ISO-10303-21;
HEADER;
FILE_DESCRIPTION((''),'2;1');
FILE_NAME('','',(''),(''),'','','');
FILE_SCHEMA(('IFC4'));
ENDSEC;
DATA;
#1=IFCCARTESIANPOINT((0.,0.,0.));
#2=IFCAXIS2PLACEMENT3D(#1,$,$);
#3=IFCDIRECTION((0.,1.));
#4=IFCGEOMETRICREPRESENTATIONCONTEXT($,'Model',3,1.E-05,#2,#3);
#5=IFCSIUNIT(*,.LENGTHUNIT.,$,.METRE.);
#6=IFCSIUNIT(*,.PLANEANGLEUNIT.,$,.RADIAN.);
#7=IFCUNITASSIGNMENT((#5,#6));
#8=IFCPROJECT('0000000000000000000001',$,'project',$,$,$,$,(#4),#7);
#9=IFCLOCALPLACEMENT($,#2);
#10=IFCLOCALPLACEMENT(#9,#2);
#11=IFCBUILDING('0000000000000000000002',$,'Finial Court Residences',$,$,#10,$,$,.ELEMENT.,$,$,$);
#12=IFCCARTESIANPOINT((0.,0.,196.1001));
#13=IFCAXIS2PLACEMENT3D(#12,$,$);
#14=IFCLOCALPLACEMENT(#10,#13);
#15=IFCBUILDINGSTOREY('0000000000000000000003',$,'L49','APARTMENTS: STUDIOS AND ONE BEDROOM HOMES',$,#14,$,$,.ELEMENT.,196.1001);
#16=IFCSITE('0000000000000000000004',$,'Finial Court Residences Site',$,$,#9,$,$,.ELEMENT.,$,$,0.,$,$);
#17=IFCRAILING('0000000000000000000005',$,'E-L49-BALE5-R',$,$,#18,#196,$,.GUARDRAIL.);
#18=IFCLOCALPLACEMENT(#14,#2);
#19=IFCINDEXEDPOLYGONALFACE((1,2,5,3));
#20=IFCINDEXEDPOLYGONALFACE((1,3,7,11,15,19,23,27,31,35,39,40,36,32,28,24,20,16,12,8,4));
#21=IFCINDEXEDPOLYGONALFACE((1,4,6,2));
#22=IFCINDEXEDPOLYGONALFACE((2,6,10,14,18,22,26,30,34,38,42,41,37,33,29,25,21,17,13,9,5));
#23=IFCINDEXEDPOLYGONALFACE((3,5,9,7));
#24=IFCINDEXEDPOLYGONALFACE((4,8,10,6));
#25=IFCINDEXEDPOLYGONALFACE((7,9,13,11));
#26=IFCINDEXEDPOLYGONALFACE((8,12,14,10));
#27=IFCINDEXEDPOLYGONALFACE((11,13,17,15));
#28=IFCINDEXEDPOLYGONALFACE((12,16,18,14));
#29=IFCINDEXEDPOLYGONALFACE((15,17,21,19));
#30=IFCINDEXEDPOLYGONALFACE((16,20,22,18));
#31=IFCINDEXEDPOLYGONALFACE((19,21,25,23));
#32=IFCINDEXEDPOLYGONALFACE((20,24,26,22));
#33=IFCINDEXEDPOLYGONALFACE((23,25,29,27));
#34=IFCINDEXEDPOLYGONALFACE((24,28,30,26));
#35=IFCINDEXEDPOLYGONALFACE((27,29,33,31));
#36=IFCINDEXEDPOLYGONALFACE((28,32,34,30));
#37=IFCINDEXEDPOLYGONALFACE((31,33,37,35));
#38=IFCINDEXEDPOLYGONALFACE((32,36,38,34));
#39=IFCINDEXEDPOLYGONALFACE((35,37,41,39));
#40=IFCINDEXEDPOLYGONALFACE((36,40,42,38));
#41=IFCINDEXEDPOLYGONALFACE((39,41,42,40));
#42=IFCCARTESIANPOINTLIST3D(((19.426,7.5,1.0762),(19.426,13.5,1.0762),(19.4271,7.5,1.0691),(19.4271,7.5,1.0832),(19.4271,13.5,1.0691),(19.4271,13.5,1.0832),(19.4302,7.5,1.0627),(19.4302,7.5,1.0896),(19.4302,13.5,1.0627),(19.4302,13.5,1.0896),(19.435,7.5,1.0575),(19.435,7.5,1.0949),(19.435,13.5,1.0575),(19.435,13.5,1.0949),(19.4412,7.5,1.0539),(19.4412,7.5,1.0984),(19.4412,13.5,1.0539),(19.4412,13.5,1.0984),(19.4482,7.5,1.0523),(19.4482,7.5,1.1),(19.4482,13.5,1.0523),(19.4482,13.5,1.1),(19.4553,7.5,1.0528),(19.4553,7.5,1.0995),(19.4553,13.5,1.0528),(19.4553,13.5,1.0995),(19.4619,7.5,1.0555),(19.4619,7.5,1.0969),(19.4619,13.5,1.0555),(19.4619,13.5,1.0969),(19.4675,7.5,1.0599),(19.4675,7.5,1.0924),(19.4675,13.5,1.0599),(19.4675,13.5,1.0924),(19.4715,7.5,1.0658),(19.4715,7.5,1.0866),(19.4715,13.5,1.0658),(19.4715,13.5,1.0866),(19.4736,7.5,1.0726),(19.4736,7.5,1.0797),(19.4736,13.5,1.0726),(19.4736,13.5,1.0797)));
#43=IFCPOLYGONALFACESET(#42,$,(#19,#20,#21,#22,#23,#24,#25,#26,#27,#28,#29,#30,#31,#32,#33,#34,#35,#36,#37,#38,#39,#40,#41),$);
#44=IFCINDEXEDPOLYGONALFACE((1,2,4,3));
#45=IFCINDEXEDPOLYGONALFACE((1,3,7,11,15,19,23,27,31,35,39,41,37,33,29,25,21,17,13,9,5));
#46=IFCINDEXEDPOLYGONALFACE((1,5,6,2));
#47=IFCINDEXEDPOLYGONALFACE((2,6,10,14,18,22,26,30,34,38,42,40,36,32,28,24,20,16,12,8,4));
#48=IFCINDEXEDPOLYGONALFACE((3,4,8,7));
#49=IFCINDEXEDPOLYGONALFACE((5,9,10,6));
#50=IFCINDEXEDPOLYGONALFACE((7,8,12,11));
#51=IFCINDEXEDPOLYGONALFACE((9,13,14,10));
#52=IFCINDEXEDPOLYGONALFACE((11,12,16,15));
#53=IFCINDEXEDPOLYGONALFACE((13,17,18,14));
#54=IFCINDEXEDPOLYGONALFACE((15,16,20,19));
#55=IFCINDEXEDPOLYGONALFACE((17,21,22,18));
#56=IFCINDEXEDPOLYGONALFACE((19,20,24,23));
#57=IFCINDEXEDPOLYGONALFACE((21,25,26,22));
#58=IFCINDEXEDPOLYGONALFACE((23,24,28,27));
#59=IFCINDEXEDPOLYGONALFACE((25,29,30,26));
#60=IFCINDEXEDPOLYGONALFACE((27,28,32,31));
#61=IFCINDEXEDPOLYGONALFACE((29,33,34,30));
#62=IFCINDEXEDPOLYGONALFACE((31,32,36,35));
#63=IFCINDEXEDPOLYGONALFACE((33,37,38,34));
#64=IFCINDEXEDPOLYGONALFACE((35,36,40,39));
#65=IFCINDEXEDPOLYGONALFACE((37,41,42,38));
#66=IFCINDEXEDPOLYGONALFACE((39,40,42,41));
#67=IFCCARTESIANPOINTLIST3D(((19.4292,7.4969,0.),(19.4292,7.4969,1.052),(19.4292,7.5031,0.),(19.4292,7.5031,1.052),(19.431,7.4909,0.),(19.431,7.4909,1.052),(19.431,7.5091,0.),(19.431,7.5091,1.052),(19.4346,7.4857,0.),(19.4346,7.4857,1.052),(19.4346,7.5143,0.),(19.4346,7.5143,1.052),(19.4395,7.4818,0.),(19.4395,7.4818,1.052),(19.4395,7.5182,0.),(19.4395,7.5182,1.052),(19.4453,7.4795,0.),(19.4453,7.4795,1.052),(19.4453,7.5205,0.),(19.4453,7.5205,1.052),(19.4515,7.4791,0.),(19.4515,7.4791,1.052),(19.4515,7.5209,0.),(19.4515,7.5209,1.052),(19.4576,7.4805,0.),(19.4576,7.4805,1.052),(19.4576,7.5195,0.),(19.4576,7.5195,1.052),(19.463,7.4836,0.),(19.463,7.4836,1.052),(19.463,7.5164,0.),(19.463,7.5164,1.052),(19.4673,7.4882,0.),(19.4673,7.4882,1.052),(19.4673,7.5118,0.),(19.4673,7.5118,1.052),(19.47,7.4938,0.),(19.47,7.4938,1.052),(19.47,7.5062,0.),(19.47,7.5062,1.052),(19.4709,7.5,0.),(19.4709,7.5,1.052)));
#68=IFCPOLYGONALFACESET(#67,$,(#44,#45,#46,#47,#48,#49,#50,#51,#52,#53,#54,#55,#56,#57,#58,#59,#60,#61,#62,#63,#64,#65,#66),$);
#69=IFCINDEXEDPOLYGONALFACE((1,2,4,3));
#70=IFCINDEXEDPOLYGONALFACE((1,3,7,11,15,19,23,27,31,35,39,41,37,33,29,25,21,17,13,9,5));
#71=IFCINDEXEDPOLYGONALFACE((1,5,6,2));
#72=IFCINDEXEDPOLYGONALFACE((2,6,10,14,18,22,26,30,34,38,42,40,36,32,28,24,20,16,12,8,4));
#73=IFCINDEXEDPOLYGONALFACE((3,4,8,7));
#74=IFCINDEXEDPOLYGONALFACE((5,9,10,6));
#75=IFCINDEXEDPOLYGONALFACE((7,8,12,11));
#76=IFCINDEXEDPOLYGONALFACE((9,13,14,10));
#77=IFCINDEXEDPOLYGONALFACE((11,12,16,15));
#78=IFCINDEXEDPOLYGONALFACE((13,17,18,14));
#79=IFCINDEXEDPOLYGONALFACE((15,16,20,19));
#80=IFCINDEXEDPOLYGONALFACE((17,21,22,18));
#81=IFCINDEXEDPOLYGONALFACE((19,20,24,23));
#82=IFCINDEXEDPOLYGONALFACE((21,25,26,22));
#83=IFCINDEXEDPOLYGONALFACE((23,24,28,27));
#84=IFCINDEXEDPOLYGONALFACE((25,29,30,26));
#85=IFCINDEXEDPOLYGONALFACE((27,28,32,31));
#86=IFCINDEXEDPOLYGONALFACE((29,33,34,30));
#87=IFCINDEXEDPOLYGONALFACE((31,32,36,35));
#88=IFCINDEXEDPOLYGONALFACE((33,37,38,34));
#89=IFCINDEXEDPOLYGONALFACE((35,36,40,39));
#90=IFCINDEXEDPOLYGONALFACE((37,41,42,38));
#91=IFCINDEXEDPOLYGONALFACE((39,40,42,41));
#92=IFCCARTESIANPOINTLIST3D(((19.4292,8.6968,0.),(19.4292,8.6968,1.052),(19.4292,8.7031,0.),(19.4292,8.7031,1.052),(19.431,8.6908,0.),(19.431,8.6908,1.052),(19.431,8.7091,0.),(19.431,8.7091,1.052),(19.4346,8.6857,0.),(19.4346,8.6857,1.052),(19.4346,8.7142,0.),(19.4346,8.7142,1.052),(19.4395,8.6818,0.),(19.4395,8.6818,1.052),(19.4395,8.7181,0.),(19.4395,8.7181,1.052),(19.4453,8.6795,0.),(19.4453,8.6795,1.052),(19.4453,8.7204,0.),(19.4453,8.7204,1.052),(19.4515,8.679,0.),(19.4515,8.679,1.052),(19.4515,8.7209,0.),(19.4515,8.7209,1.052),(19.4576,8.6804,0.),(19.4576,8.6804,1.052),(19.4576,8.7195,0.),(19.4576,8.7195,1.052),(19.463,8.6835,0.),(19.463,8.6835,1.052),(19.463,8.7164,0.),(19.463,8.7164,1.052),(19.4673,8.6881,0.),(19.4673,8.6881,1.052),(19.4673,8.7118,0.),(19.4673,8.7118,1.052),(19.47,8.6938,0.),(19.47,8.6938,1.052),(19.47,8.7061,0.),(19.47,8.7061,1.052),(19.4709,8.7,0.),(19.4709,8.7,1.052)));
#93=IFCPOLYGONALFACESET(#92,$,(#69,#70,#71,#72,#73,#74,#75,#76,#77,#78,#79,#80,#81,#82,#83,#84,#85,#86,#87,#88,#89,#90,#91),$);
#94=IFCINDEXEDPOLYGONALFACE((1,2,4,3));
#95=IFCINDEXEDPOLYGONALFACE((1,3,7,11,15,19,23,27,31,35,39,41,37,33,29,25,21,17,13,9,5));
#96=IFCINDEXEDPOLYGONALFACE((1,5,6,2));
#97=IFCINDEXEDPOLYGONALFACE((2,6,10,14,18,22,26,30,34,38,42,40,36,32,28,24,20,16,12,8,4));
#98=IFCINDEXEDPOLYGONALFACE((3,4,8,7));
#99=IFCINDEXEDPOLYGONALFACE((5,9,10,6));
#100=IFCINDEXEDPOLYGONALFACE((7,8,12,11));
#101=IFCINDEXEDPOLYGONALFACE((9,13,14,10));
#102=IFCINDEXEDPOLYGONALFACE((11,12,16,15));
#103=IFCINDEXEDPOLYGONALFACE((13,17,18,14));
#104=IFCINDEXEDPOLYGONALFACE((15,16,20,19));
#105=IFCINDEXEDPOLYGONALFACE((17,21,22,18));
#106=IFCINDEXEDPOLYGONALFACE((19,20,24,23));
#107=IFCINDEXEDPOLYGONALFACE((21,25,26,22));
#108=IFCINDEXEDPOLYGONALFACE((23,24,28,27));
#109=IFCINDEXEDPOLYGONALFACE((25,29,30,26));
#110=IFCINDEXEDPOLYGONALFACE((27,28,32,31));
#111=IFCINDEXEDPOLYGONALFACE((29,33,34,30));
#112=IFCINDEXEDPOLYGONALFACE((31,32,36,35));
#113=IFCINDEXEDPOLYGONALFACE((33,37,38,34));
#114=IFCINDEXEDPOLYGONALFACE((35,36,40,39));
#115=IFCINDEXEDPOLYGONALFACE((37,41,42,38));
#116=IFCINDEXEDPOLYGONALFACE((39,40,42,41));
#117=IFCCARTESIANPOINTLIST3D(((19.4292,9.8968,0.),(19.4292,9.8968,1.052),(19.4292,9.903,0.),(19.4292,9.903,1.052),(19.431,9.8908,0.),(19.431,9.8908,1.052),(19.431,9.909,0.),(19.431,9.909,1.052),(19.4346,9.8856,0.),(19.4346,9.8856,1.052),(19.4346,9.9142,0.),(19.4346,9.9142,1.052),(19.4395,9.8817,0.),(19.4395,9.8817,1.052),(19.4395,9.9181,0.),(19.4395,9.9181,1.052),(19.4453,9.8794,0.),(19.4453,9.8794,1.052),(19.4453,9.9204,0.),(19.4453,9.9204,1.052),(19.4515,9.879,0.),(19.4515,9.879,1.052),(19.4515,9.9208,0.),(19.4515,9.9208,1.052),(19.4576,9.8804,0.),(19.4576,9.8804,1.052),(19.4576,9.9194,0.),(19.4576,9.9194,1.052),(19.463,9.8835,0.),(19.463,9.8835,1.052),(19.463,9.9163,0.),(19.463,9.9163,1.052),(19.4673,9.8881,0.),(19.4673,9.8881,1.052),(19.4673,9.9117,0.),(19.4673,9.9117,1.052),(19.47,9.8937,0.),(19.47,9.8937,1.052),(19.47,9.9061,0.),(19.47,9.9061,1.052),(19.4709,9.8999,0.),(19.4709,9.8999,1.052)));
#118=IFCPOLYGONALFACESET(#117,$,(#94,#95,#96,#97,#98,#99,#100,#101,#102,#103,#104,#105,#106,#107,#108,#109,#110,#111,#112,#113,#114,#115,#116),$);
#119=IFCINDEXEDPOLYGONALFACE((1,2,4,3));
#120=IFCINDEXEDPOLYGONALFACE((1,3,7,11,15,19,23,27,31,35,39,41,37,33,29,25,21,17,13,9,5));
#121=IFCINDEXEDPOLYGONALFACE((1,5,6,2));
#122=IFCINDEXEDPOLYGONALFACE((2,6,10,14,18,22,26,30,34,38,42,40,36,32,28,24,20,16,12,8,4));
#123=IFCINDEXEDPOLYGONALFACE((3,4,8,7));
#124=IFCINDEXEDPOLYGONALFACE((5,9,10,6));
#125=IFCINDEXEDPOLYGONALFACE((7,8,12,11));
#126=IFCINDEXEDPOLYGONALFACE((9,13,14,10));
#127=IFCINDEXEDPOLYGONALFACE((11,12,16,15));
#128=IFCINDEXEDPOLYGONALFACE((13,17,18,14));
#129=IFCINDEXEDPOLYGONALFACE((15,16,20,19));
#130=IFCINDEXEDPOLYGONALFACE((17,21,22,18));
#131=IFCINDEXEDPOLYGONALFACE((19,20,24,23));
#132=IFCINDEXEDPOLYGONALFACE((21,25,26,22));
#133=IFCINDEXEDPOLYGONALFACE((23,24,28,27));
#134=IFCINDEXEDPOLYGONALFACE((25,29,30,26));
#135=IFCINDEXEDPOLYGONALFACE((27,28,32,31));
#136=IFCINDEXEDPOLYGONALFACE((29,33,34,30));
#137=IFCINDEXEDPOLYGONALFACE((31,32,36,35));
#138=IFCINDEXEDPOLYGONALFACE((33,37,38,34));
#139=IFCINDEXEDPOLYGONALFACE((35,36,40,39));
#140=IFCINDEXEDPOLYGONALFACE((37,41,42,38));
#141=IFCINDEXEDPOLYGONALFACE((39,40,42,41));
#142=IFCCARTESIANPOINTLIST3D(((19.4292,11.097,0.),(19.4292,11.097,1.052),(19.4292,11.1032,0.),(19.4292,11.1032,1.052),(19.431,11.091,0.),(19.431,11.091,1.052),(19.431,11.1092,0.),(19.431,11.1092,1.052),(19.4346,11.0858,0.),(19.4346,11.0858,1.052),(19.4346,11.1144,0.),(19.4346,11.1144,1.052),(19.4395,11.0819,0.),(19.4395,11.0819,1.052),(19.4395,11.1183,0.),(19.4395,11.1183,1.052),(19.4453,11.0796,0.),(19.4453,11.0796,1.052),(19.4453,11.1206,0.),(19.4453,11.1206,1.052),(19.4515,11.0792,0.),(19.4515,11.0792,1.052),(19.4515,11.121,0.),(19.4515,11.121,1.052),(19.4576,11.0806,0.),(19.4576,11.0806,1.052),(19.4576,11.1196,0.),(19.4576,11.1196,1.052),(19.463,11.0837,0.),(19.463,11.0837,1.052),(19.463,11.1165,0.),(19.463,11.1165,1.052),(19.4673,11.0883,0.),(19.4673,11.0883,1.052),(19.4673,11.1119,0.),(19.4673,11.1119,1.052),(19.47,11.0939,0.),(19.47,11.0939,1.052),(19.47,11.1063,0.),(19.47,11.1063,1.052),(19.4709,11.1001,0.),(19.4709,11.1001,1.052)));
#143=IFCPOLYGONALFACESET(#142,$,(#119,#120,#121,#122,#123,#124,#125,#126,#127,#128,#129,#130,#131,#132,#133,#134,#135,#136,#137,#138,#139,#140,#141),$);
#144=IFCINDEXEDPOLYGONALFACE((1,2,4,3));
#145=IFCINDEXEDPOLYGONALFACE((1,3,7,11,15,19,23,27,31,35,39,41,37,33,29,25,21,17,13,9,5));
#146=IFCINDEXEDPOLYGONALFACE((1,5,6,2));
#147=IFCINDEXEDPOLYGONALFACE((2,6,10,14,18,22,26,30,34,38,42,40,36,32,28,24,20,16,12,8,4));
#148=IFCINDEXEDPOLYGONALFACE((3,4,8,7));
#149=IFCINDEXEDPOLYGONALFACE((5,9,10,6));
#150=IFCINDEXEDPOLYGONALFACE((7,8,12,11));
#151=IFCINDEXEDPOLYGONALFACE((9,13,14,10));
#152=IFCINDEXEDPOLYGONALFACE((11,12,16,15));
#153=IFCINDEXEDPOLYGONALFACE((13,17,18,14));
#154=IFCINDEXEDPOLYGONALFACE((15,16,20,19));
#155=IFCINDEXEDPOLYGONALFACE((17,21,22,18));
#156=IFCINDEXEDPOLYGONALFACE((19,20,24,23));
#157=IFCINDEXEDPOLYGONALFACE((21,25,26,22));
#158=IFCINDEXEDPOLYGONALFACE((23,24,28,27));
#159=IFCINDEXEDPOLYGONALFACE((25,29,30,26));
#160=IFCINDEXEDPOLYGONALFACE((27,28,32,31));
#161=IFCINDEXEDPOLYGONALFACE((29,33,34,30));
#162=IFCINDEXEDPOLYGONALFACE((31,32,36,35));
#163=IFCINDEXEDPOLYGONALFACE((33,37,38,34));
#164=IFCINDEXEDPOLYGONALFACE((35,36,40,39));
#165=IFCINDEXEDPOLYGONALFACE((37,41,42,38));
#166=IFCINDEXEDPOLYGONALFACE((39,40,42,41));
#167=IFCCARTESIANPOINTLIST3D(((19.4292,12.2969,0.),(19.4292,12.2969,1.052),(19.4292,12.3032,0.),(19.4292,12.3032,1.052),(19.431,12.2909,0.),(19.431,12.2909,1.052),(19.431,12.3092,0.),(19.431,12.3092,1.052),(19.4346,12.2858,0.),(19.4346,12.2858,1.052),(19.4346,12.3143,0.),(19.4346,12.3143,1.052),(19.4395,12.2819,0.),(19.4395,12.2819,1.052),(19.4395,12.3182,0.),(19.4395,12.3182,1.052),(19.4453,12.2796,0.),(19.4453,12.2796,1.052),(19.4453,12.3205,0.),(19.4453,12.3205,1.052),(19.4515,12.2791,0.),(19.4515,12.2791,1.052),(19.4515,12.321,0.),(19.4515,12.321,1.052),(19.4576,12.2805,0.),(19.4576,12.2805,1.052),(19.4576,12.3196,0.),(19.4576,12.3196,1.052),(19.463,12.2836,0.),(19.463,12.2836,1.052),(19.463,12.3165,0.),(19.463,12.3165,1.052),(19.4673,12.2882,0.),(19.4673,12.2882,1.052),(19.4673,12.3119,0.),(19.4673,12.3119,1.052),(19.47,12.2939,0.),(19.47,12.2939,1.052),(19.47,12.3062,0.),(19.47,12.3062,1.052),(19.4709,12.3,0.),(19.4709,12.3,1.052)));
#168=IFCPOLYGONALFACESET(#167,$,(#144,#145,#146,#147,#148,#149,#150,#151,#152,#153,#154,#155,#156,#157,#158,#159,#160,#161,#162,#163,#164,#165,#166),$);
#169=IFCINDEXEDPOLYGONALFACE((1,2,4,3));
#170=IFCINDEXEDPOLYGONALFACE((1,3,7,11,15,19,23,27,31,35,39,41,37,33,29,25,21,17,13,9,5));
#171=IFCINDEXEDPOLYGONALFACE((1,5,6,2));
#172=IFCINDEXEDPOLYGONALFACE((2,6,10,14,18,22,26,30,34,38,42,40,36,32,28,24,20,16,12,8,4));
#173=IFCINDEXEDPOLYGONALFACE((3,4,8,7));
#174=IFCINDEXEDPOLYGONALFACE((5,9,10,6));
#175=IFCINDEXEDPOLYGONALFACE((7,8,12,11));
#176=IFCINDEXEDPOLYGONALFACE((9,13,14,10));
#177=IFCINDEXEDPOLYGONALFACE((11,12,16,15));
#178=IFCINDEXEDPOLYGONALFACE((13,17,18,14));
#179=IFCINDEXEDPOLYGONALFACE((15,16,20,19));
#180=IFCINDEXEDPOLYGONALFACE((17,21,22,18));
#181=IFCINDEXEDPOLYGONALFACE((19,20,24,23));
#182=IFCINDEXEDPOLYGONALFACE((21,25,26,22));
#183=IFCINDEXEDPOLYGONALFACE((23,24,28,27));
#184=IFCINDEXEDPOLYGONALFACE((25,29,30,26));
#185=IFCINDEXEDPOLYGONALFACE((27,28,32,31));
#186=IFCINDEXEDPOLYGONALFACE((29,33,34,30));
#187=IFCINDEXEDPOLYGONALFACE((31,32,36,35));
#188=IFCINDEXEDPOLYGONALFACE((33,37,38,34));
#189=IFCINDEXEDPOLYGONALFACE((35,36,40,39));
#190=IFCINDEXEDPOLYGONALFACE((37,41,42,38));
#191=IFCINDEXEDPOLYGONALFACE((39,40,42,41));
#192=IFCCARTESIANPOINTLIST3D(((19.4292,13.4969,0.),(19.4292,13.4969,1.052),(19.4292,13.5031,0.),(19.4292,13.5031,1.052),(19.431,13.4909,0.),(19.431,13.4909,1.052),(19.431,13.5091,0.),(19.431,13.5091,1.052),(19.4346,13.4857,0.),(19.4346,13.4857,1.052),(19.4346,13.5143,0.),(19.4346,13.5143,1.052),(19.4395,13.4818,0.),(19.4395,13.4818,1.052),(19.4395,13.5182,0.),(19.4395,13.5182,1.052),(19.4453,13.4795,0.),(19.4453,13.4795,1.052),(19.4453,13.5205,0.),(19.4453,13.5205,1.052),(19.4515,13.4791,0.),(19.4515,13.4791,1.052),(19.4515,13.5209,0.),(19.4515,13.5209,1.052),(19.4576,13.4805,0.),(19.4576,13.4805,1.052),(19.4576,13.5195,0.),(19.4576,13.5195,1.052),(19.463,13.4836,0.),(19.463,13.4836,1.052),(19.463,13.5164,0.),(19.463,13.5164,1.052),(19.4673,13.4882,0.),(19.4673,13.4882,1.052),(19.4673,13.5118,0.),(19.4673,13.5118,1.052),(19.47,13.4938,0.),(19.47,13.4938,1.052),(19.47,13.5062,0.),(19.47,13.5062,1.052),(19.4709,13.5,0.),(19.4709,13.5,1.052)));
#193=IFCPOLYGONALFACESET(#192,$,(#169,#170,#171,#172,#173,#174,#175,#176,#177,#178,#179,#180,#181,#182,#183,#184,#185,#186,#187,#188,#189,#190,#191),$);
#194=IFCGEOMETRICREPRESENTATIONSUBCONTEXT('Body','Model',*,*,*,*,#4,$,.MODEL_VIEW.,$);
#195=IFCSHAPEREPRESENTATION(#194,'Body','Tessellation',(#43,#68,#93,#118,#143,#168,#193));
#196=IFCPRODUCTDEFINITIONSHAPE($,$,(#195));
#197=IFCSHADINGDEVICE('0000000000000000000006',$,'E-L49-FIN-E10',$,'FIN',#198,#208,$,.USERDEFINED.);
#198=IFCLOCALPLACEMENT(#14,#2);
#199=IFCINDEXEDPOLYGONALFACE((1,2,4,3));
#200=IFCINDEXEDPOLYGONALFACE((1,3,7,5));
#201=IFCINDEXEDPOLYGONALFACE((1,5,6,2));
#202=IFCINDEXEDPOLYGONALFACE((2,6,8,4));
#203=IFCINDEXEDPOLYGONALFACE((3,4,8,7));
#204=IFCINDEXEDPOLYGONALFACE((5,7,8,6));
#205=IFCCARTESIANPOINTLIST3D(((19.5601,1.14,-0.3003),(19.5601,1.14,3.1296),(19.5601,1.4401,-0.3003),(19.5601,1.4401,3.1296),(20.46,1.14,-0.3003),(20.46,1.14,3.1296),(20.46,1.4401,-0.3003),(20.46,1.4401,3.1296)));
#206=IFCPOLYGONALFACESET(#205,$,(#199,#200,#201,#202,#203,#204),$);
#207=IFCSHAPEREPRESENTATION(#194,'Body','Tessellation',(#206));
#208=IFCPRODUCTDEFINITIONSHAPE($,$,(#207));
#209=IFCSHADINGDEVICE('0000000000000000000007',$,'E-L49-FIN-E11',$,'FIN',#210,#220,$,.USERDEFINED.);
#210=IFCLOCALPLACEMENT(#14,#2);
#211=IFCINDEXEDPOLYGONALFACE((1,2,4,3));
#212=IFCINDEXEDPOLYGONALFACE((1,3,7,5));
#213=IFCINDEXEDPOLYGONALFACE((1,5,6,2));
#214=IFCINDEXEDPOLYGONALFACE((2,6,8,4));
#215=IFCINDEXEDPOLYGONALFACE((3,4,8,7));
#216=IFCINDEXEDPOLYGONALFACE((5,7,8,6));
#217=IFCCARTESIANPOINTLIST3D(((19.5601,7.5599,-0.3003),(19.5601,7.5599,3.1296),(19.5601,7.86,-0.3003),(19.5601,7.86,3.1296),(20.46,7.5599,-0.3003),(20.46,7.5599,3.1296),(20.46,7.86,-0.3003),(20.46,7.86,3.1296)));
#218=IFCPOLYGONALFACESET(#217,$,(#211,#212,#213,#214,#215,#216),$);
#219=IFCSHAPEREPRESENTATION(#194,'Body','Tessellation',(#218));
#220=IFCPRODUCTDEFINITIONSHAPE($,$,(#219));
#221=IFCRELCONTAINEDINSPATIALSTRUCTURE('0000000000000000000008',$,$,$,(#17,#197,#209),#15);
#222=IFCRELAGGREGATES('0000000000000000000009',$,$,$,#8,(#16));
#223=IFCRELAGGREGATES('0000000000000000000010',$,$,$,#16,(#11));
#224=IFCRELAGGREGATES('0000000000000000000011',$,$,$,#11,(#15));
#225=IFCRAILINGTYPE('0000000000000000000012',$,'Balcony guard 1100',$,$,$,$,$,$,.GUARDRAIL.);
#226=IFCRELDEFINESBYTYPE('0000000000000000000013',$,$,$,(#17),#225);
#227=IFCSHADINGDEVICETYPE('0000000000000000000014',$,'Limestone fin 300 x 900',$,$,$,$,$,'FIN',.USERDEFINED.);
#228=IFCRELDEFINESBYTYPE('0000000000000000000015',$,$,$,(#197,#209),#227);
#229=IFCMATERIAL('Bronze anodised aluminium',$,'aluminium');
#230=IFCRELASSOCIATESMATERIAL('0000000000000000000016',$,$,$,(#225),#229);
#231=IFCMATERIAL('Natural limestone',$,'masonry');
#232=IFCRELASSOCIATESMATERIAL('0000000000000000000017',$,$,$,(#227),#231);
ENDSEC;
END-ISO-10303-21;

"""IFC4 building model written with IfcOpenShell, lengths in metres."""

from ifc_helpers import new_model, si_unit, direction, frame, origin, origin_2d, place, context, subcontext, project, spatial, rectangle, circle, extrude, material, type_object, element, save


model = new_model("IFC4")

# Units and contexts
model_context = context("Model", 3, precision=1e-05, world=origin(), true_north=direction((0.0, 1.0)))
body_context = subcontext(model_context, "Body", "Model", "MODEL_VIEW")
ifc_project = project(units=[si_unit("LENGTHUNIT", "METRE"), si_unit("PLANEANGLEUNIT", "RADIAN")], contexts=[model_context])

# Site, building, storey
site_placement = place(None, origin())
site = spatial("IfcSite", under=ifc_project, at=site_placement, Name="Finial Court Residences Site", CompositionType="ELEMENT", RefElevation=0.0)
building_placement = place(site_placement, origin())
building = spatial("IfcBuilding", under=site, at=building_placement, Name="Finial Court Residences", CompositionType="ELEMENT")
storey_placement = place(building_placement, frame((0.0, 0.0, 196.1001)))
storey = spatial("IfcBuildingStorey", under=building, at=storey_placement, Name="L49", Description="APARTMENTS: STUDIOS AND ONE BEDROOM HOMES", CompositionType="ELEMENT", Elevation=196.1001)

# Shared definitions
ifc_material_1 = material(Name="Bronze anodised aluminium", Category="aluminium")

# Shared definitions
ifc_material_2 = material(Name="Natural limestone", Category="masonry")

# Railing
railing_type = type_object("IfcRailingType", Name="Balcony guard 1100", PredefinedType="GUARDRAIL", material=ifc_material_1)
railing_placement = place(storey_placement, frame((19.45, 7.5, 0.0)))
element("IfcRailing", 1, at=railing_placement, inside=storey, type_object=railing_type, Name="E-L49-BALE5-R", PredefinedType="GUARDRAIL", context=body_context, shape_type="SweptSolid", body=[
    extrude(circle(Radius=0.0239, at=origin_2d()), frame((0.0, 0.0, 1.0762), z_axis=(0.0, 1.0, 0.0), x_axis=(-1.0, 0.0, 0.0)), (0.0, 0.0, 1.0), 6.0),
    extrude(circle(Radius=0.021, at=origin_2d()), origin(), (0.0, 0.0, 1.0), 1.052),
    extrude(circle(Radius=0.021, at=origin_2d()), frame((0.0, 1.2, 0.0)), (0.0, 0.0, 1.0), 1.052),
    extrude(circle(Radius=0.021, at=origin_2d()), frame((0.0, 2.3999, 0.0)), (0.0, 0.0, 1.0), 1.052),
    extrude(circle(Radius=0.021, at=origin_2d()), frame((0.0, 3.6001, 0.0)), (0.0, 0.0, 1.0), 1.052),
    extrude(circle(Radius=0.021, at=origin_2d()), frame((0.0, 4.8, 0.0)), (0.0, 0.0, 1.0), 1.052),
    extrude(circle(Radius=0.021, at=origin_2d()), frame((0.0, 6.0, 0.0)), (0.0, 0.0, 1.0), 1.052),
])

# Shading devices
shading_device_type = type_object("IfcShadingDeviceType", Name="Limestone fin 300 x 900", ElementType="FIN", PredefinedType="USERDEFINED", material=ifc_material_2)
for number, where, z_axis, x_axis, name in (
    (2, (20.01, 1.29, -0.3003), (0.0, 0.0, 1.0), (1.0, 0.0, 0.0), "E-L49-FIN-E10"),
    (3, (20.01, 7.71, -0.3003), (0.0, 0.0, 1.0), (1.0, 0.0, 0.0), "E-L49-FIN-E11"),
):
    element("IfcShadingDevice", number, at=place(storey_placement, frame(where, z_axis=z_axis, x_axis=x_axis)), inside=storey, type_object=shading_device_type, Name=name, ObjectType="FIN", PredefinedType="USERDEFINED", context=body_context, shape_type="SweptSolid", body=[
        extrude(rectangle(XDim=0.8999, YDim=0.3, at=origin_2d()), origin(), (0.0, 0.0, 1.0), 3.4299),
    ])

save(model, "model.ifc")
